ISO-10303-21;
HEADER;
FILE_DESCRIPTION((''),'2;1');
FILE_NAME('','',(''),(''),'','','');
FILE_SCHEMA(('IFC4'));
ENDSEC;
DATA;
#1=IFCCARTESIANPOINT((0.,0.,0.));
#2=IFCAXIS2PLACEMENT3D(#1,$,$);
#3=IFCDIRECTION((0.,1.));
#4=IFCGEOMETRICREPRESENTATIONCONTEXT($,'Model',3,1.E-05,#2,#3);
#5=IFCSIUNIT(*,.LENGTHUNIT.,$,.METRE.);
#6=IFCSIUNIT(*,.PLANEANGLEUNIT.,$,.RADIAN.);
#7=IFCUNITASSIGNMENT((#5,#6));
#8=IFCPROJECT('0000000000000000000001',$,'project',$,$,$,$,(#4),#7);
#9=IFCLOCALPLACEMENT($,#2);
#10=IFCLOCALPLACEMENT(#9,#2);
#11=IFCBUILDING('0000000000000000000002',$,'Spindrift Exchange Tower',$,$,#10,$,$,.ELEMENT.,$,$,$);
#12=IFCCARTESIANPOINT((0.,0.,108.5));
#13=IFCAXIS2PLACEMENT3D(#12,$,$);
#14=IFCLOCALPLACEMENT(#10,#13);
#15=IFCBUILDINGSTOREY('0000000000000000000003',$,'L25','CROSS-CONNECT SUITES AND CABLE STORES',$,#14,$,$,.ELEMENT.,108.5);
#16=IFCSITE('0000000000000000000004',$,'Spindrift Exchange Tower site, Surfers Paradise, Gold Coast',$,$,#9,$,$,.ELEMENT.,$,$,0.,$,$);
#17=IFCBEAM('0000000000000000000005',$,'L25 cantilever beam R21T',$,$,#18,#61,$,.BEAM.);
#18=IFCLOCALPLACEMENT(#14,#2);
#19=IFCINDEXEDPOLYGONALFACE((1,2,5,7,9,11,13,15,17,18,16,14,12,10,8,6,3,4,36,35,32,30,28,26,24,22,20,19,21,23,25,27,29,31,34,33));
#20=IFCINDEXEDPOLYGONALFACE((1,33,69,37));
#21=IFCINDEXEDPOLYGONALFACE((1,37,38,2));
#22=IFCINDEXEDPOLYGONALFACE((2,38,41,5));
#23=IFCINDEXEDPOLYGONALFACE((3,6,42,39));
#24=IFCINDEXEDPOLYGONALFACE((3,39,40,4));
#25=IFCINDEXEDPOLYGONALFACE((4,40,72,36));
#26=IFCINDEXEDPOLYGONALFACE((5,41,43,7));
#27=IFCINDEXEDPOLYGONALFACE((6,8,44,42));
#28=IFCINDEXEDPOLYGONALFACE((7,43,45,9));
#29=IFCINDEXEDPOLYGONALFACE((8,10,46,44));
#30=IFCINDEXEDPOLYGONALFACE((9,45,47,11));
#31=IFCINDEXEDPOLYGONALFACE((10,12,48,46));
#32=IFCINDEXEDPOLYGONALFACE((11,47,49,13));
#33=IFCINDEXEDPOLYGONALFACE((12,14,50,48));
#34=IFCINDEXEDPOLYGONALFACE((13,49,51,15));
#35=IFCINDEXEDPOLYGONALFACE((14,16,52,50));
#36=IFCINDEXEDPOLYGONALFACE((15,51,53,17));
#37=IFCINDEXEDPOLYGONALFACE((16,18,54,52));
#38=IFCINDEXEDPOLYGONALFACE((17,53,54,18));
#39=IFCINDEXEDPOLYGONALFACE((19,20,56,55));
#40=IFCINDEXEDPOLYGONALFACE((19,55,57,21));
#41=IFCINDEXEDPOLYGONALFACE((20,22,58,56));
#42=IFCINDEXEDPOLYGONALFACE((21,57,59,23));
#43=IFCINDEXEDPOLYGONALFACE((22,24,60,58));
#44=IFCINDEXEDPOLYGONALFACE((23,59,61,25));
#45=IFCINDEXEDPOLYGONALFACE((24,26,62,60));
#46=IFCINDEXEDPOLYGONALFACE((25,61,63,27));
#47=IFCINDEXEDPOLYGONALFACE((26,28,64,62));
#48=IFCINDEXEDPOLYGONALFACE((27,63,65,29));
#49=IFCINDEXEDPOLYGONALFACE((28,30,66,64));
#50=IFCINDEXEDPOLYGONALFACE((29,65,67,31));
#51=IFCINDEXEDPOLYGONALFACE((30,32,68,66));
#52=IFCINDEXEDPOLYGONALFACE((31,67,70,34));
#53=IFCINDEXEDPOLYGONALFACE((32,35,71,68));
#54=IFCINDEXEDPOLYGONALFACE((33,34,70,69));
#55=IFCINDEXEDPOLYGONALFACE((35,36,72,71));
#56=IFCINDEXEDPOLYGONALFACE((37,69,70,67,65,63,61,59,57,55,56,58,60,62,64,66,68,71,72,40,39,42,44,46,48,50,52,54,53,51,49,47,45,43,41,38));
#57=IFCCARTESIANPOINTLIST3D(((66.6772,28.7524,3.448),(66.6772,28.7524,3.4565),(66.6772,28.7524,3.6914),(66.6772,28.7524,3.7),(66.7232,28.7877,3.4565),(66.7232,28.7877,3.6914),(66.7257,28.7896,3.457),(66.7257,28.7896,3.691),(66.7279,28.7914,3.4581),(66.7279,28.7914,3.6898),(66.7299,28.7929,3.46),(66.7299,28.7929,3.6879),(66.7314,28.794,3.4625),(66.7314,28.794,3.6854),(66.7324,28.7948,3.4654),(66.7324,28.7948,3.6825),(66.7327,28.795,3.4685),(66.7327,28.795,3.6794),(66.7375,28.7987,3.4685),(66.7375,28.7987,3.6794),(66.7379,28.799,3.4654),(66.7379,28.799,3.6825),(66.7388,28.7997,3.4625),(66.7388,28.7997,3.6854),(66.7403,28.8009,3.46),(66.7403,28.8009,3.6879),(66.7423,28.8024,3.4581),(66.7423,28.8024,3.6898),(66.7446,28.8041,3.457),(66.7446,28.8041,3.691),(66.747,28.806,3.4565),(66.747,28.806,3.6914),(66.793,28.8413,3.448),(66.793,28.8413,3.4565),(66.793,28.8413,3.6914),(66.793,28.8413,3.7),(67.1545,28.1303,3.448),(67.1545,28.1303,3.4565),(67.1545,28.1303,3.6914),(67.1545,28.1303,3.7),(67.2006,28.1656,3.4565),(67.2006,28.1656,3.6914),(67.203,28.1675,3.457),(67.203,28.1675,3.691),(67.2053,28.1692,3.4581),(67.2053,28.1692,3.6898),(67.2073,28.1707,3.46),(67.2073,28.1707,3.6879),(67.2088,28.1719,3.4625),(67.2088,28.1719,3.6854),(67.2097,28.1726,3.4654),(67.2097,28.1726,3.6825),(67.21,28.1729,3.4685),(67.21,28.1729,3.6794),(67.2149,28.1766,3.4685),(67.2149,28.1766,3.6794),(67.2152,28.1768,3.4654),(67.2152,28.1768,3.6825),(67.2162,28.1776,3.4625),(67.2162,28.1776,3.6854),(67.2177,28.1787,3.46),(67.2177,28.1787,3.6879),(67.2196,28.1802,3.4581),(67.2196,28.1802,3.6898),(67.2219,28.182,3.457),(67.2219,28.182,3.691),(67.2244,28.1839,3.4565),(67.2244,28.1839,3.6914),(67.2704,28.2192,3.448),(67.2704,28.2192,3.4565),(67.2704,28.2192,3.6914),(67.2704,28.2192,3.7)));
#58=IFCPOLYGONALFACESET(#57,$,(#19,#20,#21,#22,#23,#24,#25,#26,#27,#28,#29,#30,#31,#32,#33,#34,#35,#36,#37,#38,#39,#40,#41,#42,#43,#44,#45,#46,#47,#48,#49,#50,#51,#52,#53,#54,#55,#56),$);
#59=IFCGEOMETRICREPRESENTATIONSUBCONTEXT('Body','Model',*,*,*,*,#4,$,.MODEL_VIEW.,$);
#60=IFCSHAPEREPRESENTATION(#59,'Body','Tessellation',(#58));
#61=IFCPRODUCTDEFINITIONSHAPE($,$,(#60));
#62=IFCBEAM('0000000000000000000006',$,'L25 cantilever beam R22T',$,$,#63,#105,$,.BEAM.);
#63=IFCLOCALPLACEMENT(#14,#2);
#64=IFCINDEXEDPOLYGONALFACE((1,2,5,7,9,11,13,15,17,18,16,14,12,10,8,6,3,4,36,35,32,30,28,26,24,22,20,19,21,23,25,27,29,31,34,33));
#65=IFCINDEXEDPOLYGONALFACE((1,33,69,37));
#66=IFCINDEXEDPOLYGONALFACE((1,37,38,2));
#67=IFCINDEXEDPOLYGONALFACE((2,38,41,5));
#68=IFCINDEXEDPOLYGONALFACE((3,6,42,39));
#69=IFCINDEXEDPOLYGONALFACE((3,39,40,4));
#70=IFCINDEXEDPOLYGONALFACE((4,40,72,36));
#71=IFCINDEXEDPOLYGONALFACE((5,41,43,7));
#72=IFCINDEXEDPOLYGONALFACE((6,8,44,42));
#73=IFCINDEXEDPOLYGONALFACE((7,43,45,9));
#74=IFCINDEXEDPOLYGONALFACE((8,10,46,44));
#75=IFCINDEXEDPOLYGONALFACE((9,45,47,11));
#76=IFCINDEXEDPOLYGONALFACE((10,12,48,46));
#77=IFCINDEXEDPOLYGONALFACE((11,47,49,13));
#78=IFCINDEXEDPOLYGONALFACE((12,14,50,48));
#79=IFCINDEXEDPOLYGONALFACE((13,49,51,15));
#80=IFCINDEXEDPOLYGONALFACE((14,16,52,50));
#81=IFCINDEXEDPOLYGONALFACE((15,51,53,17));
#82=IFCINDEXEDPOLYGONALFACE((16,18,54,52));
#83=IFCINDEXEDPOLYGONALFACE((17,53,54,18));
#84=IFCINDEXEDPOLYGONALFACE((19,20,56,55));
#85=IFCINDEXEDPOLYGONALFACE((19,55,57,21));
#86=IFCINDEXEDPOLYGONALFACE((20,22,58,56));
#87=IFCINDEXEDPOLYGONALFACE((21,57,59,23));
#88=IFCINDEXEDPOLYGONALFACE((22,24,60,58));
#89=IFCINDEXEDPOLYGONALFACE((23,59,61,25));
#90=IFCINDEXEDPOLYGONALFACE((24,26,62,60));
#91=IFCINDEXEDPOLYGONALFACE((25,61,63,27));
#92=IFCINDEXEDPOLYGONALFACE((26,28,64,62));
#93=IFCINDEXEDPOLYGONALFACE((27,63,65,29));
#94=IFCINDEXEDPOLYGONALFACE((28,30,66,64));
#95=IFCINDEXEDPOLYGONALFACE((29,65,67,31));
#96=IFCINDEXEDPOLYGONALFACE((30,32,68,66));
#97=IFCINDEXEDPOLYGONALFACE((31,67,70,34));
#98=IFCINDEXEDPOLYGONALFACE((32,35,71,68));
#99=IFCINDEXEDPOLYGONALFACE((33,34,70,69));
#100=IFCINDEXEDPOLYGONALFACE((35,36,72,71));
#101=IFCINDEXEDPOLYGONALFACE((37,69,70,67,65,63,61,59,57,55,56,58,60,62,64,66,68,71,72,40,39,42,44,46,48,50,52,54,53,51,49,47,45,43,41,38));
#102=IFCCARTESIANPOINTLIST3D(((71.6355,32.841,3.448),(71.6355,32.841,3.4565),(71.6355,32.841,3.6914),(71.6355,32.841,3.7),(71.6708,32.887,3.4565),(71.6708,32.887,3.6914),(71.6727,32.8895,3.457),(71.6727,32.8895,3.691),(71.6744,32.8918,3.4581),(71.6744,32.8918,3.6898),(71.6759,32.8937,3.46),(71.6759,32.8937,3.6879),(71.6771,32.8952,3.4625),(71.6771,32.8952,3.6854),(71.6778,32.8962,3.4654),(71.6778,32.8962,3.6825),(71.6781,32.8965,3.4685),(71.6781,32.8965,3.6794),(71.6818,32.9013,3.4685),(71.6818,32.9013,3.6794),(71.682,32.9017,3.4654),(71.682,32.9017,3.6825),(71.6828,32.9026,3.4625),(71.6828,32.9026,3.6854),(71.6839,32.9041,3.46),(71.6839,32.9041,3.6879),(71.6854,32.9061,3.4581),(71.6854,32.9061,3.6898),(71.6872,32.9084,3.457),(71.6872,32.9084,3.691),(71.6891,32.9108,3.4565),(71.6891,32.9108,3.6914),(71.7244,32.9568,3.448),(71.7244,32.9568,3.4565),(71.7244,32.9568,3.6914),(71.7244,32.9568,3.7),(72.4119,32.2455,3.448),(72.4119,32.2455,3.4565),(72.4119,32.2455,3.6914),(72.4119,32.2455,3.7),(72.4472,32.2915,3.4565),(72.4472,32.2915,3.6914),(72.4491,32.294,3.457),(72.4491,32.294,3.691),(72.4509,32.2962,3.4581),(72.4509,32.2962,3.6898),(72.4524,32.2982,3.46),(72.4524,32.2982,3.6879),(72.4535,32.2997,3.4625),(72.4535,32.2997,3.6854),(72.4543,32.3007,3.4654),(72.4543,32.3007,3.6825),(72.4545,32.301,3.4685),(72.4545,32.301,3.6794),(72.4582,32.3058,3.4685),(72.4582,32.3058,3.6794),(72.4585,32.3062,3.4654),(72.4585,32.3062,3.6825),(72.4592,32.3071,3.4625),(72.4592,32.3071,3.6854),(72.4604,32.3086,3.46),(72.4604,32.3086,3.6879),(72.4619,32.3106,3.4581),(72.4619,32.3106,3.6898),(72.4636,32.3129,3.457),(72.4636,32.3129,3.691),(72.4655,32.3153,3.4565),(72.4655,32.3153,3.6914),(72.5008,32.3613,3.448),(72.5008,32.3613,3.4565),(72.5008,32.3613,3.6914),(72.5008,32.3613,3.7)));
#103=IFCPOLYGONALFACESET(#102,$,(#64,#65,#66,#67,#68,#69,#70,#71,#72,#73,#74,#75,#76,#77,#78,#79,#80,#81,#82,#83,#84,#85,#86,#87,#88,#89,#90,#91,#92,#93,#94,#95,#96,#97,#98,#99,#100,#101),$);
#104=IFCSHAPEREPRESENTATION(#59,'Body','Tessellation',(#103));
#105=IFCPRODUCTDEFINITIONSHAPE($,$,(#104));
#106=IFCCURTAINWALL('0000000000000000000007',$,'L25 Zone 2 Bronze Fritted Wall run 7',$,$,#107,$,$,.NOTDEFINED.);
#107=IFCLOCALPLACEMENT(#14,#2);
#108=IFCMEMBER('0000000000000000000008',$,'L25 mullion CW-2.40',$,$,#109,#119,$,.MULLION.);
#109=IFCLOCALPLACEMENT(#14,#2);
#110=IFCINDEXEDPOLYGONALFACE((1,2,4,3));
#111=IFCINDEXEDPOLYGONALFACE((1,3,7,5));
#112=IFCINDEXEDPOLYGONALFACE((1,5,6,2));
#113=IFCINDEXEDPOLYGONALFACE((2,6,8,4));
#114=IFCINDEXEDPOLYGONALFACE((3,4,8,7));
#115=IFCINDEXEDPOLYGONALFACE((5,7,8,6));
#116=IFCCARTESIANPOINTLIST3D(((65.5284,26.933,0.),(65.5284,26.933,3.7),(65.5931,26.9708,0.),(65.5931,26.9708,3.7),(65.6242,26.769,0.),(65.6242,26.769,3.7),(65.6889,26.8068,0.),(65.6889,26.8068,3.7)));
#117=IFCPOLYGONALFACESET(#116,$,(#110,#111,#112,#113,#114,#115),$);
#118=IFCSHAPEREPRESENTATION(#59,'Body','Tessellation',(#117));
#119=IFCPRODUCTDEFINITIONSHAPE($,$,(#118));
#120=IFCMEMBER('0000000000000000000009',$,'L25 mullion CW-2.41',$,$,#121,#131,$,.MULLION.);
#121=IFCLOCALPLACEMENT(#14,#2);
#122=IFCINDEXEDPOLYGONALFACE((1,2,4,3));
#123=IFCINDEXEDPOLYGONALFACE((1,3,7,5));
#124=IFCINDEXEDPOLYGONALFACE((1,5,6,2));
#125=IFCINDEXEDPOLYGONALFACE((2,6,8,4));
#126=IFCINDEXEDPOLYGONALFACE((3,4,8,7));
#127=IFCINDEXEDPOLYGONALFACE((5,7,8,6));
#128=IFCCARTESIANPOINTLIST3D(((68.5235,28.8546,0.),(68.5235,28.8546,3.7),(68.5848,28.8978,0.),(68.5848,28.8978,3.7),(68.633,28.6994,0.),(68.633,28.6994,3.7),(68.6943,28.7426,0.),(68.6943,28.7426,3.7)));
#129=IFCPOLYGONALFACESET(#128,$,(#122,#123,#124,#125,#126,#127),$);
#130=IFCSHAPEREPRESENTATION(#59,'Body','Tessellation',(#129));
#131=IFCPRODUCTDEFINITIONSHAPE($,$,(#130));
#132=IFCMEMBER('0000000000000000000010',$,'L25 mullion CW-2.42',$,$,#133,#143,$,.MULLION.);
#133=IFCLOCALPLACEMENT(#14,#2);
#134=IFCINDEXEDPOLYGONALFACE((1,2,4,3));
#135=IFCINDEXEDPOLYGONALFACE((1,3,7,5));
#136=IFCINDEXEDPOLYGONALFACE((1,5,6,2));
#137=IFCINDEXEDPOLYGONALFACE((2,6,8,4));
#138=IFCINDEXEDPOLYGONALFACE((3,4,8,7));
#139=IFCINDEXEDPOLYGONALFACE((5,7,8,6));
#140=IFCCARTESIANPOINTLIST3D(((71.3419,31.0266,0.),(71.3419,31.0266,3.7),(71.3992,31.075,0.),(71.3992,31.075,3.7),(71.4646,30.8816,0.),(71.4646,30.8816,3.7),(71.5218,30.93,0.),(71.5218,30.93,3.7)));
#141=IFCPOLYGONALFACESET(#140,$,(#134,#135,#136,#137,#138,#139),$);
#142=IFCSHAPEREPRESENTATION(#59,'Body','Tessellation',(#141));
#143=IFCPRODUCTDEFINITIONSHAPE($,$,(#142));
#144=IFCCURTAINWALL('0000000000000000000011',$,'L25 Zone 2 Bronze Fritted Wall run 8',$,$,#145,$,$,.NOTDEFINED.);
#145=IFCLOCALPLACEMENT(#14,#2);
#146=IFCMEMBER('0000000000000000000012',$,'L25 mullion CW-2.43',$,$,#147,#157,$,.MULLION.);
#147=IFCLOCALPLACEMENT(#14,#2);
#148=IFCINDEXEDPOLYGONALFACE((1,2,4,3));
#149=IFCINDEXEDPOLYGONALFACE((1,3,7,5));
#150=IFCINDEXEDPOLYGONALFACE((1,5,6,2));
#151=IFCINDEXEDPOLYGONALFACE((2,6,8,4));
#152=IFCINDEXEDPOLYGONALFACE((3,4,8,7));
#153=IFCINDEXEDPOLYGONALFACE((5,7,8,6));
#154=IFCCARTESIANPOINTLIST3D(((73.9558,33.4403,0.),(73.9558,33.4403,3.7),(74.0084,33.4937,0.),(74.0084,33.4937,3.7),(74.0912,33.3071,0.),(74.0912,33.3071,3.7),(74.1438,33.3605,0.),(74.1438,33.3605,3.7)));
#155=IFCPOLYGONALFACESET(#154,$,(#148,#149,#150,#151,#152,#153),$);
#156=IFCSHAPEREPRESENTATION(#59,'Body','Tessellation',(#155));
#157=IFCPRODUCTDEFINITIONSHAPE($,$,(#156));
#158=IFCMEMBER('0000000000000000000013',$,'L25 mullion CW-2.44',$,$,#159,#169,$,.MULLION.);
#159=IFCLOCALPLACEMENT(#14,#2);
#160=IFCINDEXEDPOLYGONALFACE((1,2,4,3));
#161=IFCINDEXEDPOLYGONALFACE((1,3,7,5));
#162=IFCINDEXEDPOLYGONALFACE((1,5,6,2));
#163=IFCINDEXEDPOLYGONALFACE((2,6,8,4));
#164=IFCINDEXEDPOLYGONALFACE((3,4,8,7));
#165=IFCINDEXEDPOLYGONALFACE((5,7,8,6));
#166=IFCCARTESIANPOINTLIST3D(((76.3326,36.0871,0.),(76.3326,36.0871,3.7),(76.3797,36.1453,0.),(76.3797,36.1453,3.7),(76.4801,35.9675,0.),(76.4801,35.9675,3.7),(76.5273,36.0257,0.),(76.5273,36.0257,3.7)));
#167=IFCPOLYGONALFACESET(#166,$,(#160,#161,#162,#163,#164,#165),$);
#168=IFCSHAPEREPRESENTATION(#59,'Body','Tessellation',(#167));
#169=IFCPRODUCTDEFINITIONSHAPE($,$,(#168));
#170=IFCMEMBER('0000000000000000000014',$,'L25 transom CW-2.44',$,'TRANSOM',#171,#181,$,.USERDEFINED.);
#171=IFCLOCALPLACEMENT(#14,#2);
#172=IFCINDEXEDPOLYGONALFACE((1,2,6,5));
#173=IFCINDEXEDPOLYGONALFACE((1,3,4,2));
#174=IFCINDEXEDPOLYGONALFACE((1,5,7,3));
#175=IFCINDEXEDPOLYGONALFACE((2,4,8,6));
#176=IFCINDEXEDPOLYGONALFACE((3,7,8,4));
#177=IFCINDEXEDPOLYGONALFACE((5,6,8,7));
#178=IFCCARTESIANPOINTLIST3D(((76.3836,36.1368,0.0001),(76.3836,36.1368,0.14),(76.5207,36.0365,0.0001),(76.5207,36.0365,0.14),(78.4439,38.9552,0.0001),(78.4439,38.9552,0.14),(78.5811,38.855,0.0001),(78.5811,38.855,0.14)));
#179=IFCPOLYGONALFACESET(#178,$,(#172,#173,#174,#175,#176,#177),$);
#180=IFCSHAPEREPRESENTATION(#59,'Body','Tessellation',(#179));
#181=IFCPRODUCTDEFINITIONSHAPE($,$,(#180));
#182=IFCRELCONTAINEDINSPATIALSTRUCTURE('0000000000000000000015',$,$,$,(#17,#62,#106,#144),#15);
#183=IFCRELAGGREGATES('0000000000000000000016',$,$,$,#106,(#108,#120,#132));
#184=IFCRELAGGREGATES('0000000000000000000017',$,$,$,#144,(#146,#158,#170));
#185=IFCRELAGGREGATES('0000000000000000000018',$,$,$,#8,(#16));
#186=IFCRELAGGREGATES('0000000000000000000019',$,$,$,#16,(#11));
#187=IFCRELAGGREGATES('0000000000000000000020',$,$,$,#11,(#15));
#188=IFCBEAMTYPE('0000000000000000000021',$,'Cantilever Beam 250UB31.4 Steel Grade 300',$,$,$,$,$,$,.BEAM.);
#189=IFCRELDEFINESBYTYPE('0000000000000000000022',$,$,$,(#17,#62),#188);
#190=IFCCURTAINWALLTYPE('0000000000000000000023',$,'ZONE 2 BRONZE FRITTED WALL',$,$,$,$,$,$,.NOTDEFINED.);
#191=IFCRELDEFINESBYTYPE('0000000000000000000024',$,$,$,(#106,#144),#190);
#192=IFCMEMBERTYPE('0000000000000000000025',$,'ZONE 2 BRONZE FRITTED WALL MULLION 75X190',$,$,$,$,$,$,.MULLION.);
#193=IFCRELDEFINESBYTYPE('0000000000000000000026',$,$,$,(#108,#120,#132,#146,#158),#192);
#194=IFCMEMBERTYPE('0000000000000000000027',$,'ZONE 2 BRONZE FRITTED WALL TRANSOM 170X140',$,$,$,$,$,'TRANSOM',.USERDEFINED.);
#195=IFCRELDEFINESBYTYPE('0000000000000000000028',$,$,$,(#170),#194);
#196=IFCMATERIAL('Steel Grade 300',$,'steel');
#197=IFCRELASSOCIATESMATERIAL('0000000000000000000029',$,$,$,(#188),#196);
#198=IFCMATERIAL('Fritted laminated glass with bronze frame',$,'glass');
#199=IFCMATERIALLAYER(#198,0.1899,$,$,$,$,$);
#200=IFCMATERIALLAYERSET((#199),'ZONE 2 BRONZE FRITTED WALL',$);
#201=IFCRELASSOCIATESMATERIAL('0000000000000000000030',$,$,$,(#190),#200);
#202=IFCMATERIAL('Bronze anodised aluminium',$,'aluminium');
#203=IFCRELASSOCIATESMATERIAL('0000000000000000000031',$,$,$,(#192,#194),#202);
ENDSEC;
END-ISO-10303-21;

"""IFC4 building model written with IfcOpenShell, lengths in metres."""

from ifc_helpers import new_model, si_unit, direction, frame, origin, origin_2d, place, context, subcontext, project, spatial, rectangle, i_section, extrude, source, transform, mapped, material, layer, layer_set, material_profile, profile_set, type_object, element, aggregate, save


model = new_model("IFC4")

# Units and contexts
model_context = context("Model", 3, precision=1e-05, world=origin(), true_north=direction((0.0, 1.0)))
body_context = subcontext(model_context, "Body", "Model", "MODEL_VIEW")
ifc_project = project(units=[si_unit("LENGTHUNIT", "METRE"), si_unit("PLANEANGLEUNIT", "RADIAN")], contexts=[model_context])

# Site, building, storey
site_placement = place(None, origin())
site = spatial("IfcSite", under=ifc_project, at=site_placement, Name="Spindrift Exchange Tower site, Surfers Paradise, Gold Coast", CompositionType="ELEMENT", RefElevation=0.0)
building_placement = place(site_placement, origin())
building = spatial("IfcBuilding", under=site, at=building_placement, Name="Spindrift Exchange Tower", CompositionType="ELEMENT")
storey_placement = place(building_placement, frame((0.0, 0.0, 108.5)))
storey = spatial("IfcBuildingStorey", under=building, at=storey_placement, Name="L25", Description="CROSS-CONNECT SUITES AND CABLE STORES", CompositionType="ELEMENT", Elevation=108.5)

# Beams
ifc_material_1 = material(Name="Steel Grade 300", Category="steel")
ifc_material_profile_1 = material_profile(ifc_material_1, i_section(OverallWidth=0.146, OverallDepth=0.252, WebThickness=0.0061, FlangeThickness=0.0085, FilletRadius=0.012, at=origin_2d()), Name="250UB31.4")
ifc_profile_set_1 = profile_set([ifc_material_profile_1], Name="Steel Grade 300")
beam_type_1 = type_object("IfcBeamType", Name="Cantilever Beam 250UB31.4 Steel Grade 300", PredefinedType="BEAM", material=ifc_profile_set_1)
shared_shape_1 = source(origin(), body_context, "Body", "SweptSolid", [
    extrude(i_section(OverallWidth=0.146, OverallDepth=0.252, WebThickness=0.0061, FlangeThickness=0.0085, FilletRadius=0.012, at=origin_2d()), origin(), (0.0, 0.0, 1.0), 0.7842),
])
beam_1_placement = place(storey_placement, frame((66.7351, 28.7969, 3.574), z_axis=(0.608732, -0.793376, 0.0), x_axis=(0.793376, 0.608732, 0.0)))
element("IfcBeam", 1, at=beam_1_placement, inside=storey, type_object=beam_type_1, Name="L25 cantilever beam R21T", PredefinedType="BEAM", context=body_context, shape_type="MappedRepresentation", body=[
    mapped(shared_shape_1, transform((0.0, 0.0, 0.0), scale=1.0)),
])
shared_shape_2 = source(origin(), body_context, "Body", "SweptSolid", [
    extrude(i_section(OverallWidth=0.146, OverallDepth=0.252, WebThickness=0.0061, FlangeThickness=0.0085, FilletRadius=0.012, at=origin_2d()), origin(), (0.0, 0.0, 1.0), 0.9785),
])
beam_2_placement = place(storey_placement, frame((71.6799, 32.8989, 3.574), z_axis=(0.793486, -0.608589, 0.0), x_axis=(0.608589, 0.793486, 0.0)))
element("IfcBeam", 2, at=beam_2_placement, inside=storey, type_object=beam_type_1, Name="L25 cantilever beam R22T", PredefinedType="BEAM", context=body_context, shape_type="MappedRepresentation", body=[
    mapped(shared_shape_2, transform((0.0, 0.0, 0.0), scale=1.0)),
])

# Curtain walls, members
ifc_material_2 = material(Name="Fritted laminated glass with bronze frame", Category="glass")
ifc_layer_1 = layer(ifc_material_2, 0.1899)
ifc_layer_set_1 = layer_set([ifc_layer_1], Name="ZONE 2 BRONZE FRITTED WALL")
curtain_wall_type = type_object("IfcCurtainWallType", Name="ZONE 2 BRONZE FRITTED WALL", PredefinedType="NOTDEFINED", material=ifc_layer_set_1)
curtain_wall_1_placement = place(storey_placement, origin())
curtain_wall_1 = element("IfcCurtainWall", 3, at=curtain_wall_1_placement, inside=storey, type_object=curtain_wall_type, Name="L25 Zone 2 Bronze Fritted Wall run 7", PredefinedType="NOTDEFINED")
ifc_material_3 = material(Name="Bronze anodised aluminium", Category="aluminium")
ifc_material_profile_2 = material_profile(ifc_material_3, rectangle(XDim=0.075, YDim=0.1899, at=origin_2d()), Name="ZONE 2 BRONZE FRITTED WALL MULLION 75X190")
ifc_profile_set_2 = profile_set([ifc_material_profile_2], Name="Bronze anodised aluminium")
member_type_1 = type_object("IfcMemberType", Name="ZONE 2 BRONZE FRITTED WALL MULLION 75X190", PredefinedType="MULLION", material=ifc_profile_set_2)
shared_shape_3 = source(origin(), body_context, "Body", "SweptSolid", [
    extrude(rectangle(XDim=0.075, YDim=0.1899, at=origin_2d()), origin(), (0.0, 0.0, 1.0), 3.7),
])
member_1_placement = place(storey_placement, frame((65.6086, 26.8699, 0.0), z_axis=(0.0, 0.0, 1.0), x_axis=(0.863326, 0.504646, 0.0)))
member_1 = element("IfcMember", 4, at=member_1_placement, type_object=member_type_1, Name="L25 mullion CW-2.40", PredefinedType="MULLION", context=body_context, shape_type="MappedRepresentation", body=[
    mapped(shared_shape_3, transform((0.0, 0.0, 0.0), scale=1.0)),
])
member_2_placement = place(storey_placement, frame((68.6089, 28.7986, 0.0), z_axis=(0.0, 0.0, 1.0), x_axis=(0.817122, 0.576465, 0.0)))
member_2 = element("IfcMember", 5, at=member_2_placement, type_object=member_type_1, Name="L25 mullion CW-2.41", PredefinedType="MULLION", context=body_context, shape_type="MappedRepresentation", body=[
    mapped(shared_shape_3, transform((0.0, 0.0, 0.0), scale=1.0)),
])
member_3_placement = place(storey_placement, frame((71.4319, 30.9783, 0.0), z_axis=(0.0, 0.0, 1.0), x_axis=(0.76352, 0.645784, 0.0)))
member_3 = element("IfcMember", 6, at=member_3_placement, type_object=member_type_1, Name="L25 mullion CW-2.42", PredefinedType="MULLION", context=body_context, shape_type="MappedRepresentation", body=[
    mapped(shared_shape_3, transform((0.0, 0.0, 0.0), scale=1.0)),
])
curtain_wall_2_placement = place(storey_placement, origin())
curtain_wall_2 = element("IfcCurtainWall", 7, at=curtain_wall_2_placement, inside=storey, type_object=curtain_wall_type, Name="L25 Zone 2 Bronze Fritted Wall run 8", PredefinedType="NOTDEFINED")
member_4_placement = place(storey_placement, frame((74.0498, 33.4004, 0.0), z_axis=(0.0, 0.0, 1.0), x_axis=(0.701463, 0.712706, 0.0)))
member_4 = element("IfcMember", 8, at=member_4_placement, type_object=member_type_1, Name="L25 mullion CW-2.43", PredefinedType="MULLION", context=body_context, shape_type="MappedRepresentation", body=[
    mapped(shared_shape_3, transform((0.0, 0.0, 0.0), scale=1.0)),
])
member_5_placement = place(storey_placement, frame((76.4299, 36.0564, 0.0), z_axis=(0.0, 0.0, 1.0), x_axis=(0.629557, 0.776954, 0.0)))
member_5 = element("IfcMember", 9, at=member_5_placement, type_object=member_type_1, Name="L25 mullion CW-2.44", PredefinedType="MULLION", context=body_context, shape_type="MappedRepresentation", body=[
    mapped(shared_shape_3, transform((0.0, 0.0, 0.0), scale=1.0)),
])
ifc_material_profile_3 = material_profile(ifc_material_3, rectangle(XDim=0.1699, YDim=0.1399, at=origin_2d()), Name="ZONE 2 BRONZE FRITTED WALL TRANSOM 170X140")
ifc_profile_set_3 = profile_set([ifc_material_profile_3], Name="Bronze anodised aluminium")
member_type_2 = type_object("IfcMemberType", Name="ZONE 2 BRONZE FRITTED WALL TRANSOM 170X140", ElementType="TRANSOM", PredefinedType="USERDEFINED", material=ifc_profile_set_3)
shared_shape_4 = source(origin(), body_context, "Body", "SweptSolid", [
    extrude(rectangle(XDim=0.1699, YDim=0.1399, at=origin_2d()), origin(), (0.0, 0.0, 1.0), 3.4912),
])
member_6_placement = place(storey_placement, frame((76.4521, 36.0867, 0.0701), z_axis=(0.590153, 0.807291, 0.0), x_axis=(-0.807291, 0.590153, 0.0)))
member_6 = element("IfcMember", 10, at=member_6_placement, type_object=member_type_2, Name="L25 transom CW-2.44", ObjectType="TRANSOM", PredefinedType="USERDEFINED", context=body_context, shape_type="MappedRepresentation", body=[
    mapped(shared_shape_4, transform((0.0, 0.0, 0.0), scale=1.0)),
])

aggregate(curtain_wall_1, [member_1, member_2, member_3])
aggregate(curtain_wall_2, [member_4, member_5, member_6])

save(model, "model.ifc")
